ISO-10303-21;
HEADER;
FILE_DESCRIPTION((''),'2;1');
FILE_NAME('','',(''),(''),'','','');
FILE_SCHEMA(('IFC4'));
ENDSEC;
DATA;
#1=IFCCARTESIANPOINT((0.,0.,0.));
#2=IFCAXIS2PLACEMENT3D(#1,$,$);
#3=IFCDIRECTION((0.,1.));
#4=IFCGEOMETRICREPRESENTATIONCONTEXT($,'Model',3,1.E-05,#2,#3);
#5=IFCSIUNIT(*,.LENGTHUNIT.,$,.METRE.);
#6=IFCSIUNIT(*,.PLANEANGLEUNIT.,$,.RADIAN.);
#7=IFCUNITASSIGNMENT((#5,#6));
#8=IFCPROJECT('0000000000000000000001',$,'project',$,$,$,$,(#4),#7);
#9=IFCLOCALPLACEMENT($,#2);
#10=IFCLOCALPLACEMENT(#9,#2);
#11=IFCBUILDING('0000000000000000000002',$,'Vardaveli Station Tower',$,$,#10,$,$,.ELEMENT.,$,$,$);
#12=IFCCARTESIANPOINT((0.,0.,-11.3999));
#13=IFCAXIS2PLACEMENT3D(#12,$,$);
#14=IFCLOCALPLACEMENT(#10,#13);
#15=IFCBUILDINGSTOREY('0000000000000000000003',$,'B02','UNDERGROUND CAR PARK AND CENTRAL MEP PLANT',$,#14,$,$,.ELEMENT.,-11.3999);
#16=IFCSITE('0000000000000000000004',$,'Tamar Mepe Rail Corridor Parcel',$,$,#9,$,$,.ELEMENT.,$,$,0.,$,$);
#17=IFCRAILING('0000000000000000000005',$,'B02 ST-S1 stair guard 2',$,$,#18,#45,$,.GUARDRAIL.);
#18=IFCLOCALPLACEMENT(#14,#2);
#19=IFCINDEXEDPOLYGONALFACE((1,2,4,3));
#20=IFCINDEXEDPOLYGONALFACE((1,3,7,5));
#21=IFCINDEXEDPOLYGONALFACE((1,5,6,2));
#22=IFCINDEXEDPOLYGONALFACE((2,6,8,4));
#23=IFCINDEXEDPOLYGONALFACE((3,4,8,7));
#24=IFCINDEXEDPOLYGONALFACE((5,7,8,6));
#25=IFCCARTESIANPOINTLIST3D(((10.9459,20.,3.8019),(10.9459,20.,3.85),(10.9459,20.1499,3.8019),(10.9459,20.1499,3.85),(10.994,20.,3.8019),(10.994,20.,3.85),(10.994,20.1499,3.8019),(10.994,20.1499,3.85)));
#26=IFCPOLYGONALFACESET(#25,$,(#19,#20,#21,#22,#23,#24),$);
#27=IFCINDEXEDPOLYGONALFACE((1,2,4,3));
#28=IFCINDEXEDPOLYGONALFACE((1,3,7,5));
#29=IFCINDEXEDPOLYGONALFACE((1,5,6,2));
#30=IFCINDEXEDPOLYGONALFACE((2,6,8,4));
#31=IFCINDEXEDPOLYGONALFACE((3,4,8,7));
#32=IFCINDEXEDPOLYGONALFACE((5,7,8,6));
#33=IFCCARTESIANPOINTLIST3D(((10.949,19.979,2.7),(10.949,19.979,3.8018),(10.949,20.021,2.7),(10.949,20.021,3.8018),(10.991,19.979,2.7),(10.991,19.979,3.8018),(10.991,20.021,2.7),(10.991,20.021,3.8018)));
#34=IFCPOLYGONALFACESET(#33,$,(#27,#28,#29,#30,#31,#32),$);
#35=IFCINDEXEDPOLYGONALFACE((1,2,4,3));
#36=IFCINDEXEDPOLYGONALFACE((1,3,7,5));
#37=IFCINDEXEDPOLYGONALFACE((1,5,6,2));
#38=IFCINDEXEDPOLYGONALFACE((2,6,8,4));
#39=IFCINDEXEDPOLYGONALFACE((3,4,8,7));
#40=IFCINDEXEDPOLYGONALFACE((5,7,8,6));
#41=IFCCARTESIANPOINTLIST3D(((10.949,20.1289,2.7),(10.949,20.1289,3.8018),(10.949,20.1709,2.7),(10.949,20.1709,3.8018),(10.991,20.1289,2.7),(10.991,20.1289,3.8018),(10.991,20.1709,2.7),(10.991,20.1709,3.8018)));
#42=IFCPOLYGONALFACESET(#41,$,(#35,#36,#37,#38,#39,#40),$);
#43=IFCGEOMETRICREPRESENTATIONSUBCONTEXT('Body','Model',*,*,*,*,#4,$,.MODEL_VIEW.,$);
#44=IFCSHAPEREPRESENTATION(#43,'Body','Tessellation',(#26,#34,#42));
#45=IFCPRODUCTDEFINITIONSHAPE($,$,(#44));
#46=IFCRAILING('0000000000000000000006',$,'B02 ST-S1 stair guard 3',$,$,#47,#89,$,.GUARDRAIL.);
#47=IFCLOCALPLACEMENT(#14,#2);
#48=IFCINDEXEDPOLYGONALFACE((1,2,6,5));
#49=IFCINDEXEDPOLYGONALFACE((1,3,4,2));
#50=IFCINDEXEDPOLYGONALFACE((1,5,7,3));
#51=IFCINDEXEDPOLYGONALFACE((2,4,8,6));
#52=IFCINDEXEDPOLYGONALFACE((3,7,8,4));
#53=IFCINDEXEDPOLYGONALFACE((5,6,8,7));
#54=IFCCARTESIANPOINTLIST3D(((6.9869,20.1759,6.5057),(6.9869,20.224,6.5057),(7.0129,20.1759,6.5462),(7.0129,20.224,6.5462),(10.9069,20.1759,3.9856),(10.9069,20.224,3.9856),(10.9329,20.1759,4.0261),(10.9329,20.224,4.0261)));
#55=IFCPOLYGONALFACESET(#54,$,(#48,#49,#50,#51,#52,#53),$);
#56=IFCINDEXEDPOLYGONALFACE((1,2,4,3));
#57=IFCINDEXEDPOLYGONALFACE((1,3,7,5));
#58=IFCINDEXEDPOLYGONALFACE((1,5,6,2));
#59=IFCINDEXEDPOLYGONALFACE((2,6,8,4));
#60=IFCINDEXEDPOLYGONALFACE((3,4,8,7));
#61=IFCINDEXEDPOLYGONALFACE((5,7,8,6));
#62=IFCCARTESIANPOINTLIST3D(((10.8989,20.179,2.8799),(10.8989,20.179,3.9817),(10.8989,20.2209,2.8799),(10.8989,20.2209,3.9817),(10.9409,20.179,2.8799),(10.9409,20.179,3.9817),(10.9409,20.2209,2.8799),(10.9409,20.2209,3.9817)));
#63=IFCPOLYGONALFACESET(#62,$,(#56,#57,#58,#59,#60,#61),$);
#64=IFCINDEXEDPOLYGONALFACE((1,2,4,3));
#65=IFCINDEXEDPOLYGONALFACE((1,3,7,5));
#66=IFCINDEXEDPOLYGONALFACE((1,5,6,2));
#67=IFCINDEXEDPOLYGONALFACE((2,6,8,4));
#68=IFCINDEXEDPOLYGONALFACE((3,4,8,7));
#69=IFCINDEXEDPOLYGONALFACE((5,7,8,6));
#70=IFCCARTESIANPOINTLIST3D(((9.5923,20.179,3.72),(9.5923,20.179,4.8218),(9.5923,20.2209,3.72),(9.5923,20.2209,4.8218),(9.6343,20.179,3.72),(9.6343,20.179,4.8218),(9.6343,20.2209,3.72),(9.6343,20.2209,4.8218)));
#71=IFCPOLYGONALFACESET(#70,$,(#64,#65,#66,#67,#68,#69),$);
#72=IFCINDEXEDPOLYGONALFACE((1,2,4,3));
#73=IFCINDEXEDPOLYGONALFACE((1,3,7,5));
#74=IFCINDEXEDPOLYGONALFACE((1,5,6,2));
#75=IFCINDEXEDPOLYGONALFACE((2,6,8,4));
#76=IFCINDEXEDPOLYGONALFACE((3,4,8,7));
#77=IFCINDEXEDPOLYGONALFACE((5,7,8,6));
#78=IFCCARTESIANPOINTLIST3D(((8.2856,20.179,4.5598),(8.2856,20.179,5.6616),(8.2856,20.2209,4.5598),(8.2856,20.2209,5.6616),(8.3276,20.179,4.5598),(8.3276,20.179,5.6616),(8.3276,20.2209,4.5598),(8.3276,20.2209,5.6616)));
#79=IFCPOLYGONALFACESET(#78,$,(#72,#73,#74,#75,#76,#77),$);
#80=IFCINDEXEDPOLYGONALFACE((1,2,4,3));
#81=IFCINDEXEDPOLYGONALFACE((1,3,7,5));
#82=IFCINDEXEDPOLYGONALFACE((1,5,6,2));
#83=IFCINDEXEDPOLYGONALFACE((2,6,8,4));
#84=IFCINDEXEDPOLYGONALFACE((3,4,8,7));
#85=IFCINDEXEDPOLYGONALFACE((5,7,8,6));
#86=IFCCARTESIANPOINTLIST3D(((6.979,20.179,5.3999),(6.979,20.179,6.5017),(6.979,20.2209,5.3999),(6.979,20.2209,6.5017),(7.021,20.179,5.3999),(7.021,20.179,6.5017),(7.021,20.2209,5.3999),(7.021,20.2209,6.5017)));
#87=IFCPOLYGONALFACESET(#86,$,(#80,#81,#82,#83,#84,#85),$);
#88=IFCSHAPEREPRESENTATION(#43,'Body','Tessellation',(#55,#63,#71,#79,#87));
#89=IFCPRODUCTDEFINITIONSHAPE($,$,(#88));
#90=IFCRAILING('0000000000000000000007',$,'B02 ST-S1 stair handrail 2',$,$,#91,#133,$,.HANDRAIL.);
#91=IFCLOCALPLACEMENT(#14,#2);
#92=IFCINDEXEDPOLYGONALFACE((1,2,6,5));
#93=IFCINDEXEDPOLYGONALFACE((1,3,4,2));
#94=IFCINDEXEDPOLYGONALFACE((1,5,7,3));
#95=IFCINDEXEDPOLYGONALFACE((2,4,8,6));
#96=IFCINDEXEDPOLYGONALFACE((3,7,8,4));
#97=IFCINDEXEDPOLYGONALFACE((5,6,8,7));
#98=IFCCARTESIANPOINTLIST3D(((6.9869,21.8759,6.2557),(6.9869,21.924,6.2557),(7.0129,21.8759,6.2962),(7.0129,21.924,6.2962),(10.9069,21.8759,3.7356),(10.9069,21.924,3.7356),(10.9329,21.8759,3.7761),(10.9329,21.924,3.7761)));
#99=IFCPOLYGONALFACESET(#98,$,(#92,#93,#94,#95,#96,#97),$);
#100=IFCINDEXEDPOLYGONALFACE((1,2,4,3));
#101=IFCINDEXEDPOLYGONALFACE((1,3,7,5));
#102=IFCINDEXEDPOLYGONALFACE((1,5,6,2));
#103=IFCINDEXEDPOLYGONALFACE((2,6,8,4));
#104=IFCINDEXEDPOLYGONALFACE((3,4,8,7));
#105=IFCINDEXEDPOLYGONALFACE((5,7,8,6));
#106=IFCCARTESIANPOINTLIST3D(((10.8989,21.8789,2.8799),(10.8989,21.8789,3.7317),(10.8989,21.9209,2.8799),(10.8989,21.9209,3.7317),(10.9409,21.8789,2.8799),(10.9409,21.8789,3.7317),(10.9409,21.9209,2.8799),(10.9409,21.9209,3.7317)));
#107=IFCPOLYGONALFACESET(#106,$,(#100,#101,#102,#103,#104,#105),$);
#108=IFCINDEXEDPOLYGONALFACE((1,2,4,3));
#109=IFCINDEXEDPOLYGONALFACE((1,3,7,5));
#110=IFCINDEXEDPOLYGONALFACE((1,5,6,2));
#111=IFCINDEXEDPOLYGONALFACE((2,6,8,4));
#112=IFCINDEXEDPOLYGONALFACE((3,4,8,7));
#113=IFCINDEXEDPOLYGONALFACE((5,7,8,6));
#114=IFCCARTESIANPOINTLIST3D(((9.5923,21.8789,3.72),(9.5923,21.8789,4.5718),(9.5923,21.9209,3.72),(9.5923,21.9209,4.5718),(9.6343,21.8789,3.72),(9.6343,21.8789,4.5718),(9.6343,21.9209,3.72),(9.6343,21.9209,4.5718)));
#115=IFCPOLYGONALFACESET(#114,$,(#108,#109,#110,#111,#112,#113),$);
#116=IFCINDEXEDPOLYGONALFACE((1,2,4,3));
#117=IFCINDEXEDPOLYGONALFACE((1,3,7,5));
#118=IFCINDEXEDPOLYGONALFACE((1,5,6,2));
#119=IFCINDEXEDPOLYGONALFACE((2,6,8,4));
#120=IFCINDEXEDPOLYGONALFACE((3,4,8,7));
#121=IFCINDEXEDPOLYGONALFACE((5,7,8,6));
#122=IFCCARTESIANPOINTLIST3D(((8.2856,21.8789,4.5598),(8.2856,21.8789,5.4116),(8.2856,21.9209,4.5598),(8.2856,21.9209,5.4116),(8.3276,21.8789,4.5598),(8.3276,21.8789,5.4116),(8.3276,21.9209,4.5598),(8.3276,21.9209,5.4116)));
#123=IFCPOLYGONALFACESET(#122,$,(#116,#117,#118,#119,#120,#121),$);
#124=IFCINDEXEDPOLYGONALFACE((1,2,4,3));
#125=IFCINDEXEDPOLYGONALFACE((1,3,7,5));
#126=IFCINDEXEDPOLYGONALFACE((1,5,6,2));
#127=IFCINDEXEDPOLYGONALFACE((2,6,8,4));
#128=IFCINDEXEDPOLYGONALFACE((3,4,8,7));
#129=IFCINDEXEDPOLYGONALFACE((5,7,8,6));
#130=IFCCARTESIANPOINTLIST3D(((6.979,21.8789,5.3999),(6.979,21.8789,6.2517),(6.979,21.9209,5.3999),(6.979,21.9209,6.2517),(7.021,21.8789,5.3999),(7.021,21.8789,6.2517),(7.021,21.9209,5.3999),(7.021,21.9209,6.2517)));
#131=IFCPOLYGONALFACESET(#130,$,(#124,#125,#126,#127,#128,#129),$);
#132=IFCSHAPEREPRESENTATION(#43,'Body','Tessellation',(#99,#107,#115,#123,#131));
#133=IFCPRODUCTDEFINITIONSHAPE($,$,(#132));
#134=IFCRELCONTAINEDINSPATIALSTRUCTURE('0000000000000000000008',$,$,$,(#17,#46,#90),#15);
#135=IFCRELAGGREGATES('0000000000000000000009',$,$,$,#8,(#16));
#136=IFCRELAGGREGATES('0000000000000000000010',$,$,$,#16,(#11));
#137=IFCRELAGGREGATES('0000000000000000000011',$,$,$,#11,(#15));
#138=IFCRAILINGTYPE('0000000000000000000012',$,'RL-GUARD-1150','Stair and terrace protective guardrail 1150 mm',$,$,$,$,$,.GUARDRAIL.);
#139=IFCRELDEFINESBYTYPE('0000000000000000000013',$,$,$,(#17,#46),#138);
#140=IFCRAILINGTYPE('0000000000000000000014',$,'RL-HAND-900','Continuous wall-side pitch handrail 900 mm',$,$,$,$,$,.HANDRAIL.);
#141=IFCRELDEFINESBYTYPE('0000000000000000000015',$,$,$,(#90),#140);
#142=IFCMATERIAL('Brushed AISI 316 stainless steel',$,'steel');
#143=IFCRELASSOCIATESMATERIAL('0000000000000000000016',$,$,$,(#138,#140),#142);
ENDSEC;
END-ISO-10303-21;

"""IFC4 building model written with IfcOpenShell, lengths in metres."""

from ifc_helpers import new_model, si_unit, direction, frame, origin, origin_2d, place, context, subcontext, project, spatial, rectangle, extrude, source, transform, mapped, material, type_object, element, save


model = new_model("IFC4")

# Units and contexts
model_context = context("Model", 3, precision=1e-05, world=origin(), true_north=direction((0.0, 1.0)))
body_context = subcontext(model_context, "Body", "Model", "MODEL_VIEW")
ifc_project = project(units=[si_unit("LENGTHUNIT", "METRE"), si_unit("PLANEANGLEUNIT", "RADIAN")], contexts=[model_context])

# Site, building, storey
site_placement = place(None, origin())
site = spatial("IfcSite", under=ifc_project, at=site_placement, Name="Tamar Mepe Rail Corridor Parcel", CompositionType="ELEMENT", RefElevation=0.0)
building_placement = place(site_placement, origin())
building = spatial("IfcBuilding", under=site, at=building_placement, Name="Vardaveli Station Tower", CompositionType="ELEMENT")
storey_placement = place(building_placement, frame((0.0, 0.0, -11.3999)))
storey = spatial("IfcBuildingStorey", under=building, at=storey_placement, Name="B02", Description="UNDERGROUND CAR PARK AND CENTRAL MEP PLANT", CompositionType="ELEMENT", Elevation=-11.3999)

# Railings
ifc_material_1 = material(Name="Brushed AISI 316 stainless steel", Category="steel")
railing_type_1 = type_object("IfcRailingType", Name="RL-GUARD-1150", Description="Stair and terrace protective guardrail 1150 mm", PredefinedType="GUARDRAIL", material=ifc_material_1)
shared_shape_1 = source(origin(), body_context, "Body", "SweptSolid", [
    extrude(rectangle(XDim=0.0481, YDim=0.0481, at=origin_2d()), frame((0.0, 0.0, 1.126), z_axis=(0.0, 1.0, 0.0), x_axis=(-1.0, 0.0, 0.0)), (0.0, 0.0, 1.0), 0.1499),
    extrude(rectangle(XDim=0.042, YDim=0.042, at=origin_2d()), origin(), (0.0, 0.0, 1.0), 1.1018),
    extrude(rectangle(XDim=0.042, YDim=0.042, at=origin_2d()), frame((0.0, 0.1499, 0.0)), (0.0, 0.0, 1.0), 1.1018),
])
railing_1_placement = place(storey_placement, frame((10.97, 20.0, 2.7)))
element("IfcRailing", 1, at=railing_1_placement, inside=storey, type_object=railing_type_1, Name="B02 ST-S1 stair guard 2", PredefinedType="GUARDRAIL", context=body_context, shape_type="MappedRepresentation", body=[
    mapped(shared_shape_1, transform((0.0, 0.0, 0.0), scale=1.0)),
])
shared_shape_2 = source(origin(), body_context, "Body", "SweptSolid", [
    extrude(rectangle(XDim=0.0481, YDim=0.0481, at=origin_2d()), frame((0.0, 0.0, 1.126), z_axis=(-0.841172, 0.0, 0.540768), x_axis=(0.0, -1.0, 0.0)), (0.0, 0.0, 1.0), 4.6602),
    extrude(rectangle(XDim=0.042, YDim=0.042, at=origin_2d()), origin(), (0.0, 0.0, 1.0), 1.1018),
    extrude(rectangle(XDim=0.042, YDim=0.042, at=origin_2d()), frame((-1.3066, 0.0, 0.8401)), (0.0, 0.0, 1.0), 1.1018),
    extrude(rectangle(XDim=0.042, YDim=0.042, at=origin_2d()), frame((-2.6133, 0.0, 1.6799)), (0.0, 0.0, 1.0), 1.1018),
    extrude(rectangle(XDim=0.042, YDim=0.042, at=origin_2d()), frame((-3.9199, 0.0, 2.52)), (0.0, 0.0, 1.0), 1.1018),
])
railing_2_placement = place(storey_placement, frame((10.9199, 20.2, 2.8799)))
element("IfcRailing", 2, at=railing_2_placement, inside=storey, type_object=railing_type_1, Name="B02 ST-S1 stair guard 3", PredefinedType="GUARDRAIL", context=body_context, shape_type="MappedRepresentation", body=[
    mapped(shared_shape_2, transform((0.0, 0.0, 0.0), scale=1.0)),
])
railing_type_2 = type_object("IfcRailingType", Name="RL-HAND-900", Description="Continuous wall-side pitch handrail 900 mm", PredefinedType="HANDRAIL", material=ifc_material_1)
shared_shape_3 = source(origin(), body_context, "Body", "SweptSolid", [
    extrude(rectangle(XDim=0.0481, YDim=0.0481, at=origin_2d()), frame((0.0, 0.0, 0.876), z_axis=(-0.841172, 0.0, 0.540768), x_axis=(0.0, -1.0, 0.0)), (0.0, 0.0, 1.0), 4.6602),
    extrude(rectangle(XDim=0.042, YDim=0.042, at=origin_2d()), origin(), (0.0, 0.0, 1.0), 0.8518),
    extrude(rectangle(XDim=0.042, YDim=0.042, at=origin_2d()), frame((-1.3066, 0.0, 0.8401)), (0.0, 0.0, 1.0), 0.8518),
    extrude(rectangle(XDim=0.042, YDim=0.042, at=origin_2d()), frame((-2.6133, 0.0, 1.6799)), (0.0, 0.0, 1.0), 0.8518),
    extrude(rectangle(XDim=0.042, YDim=0.042, at=origin_2d()), frame((-3.9199, 0.0, 2.52)), (0.0, 0.0, 1.0), 0.8518),
])
railing_3_placement = place(storey_placement, frame((10.9199, 21.8999, 2.8799)))
element("IfcRailing", 3, at=railing_3_placement, inside=storey, type_object=railing_type_2, Name="B02 ST-S1 stair handrail 2", PredefinedType="HANDRAIL", context=body_context, shape_type="MappedRepresentation", body=[
    mapped(shared_shape_3, transform((0.0, 0.0, 0.0), scale=1.0)),
])

save(model, "model.ifc")
